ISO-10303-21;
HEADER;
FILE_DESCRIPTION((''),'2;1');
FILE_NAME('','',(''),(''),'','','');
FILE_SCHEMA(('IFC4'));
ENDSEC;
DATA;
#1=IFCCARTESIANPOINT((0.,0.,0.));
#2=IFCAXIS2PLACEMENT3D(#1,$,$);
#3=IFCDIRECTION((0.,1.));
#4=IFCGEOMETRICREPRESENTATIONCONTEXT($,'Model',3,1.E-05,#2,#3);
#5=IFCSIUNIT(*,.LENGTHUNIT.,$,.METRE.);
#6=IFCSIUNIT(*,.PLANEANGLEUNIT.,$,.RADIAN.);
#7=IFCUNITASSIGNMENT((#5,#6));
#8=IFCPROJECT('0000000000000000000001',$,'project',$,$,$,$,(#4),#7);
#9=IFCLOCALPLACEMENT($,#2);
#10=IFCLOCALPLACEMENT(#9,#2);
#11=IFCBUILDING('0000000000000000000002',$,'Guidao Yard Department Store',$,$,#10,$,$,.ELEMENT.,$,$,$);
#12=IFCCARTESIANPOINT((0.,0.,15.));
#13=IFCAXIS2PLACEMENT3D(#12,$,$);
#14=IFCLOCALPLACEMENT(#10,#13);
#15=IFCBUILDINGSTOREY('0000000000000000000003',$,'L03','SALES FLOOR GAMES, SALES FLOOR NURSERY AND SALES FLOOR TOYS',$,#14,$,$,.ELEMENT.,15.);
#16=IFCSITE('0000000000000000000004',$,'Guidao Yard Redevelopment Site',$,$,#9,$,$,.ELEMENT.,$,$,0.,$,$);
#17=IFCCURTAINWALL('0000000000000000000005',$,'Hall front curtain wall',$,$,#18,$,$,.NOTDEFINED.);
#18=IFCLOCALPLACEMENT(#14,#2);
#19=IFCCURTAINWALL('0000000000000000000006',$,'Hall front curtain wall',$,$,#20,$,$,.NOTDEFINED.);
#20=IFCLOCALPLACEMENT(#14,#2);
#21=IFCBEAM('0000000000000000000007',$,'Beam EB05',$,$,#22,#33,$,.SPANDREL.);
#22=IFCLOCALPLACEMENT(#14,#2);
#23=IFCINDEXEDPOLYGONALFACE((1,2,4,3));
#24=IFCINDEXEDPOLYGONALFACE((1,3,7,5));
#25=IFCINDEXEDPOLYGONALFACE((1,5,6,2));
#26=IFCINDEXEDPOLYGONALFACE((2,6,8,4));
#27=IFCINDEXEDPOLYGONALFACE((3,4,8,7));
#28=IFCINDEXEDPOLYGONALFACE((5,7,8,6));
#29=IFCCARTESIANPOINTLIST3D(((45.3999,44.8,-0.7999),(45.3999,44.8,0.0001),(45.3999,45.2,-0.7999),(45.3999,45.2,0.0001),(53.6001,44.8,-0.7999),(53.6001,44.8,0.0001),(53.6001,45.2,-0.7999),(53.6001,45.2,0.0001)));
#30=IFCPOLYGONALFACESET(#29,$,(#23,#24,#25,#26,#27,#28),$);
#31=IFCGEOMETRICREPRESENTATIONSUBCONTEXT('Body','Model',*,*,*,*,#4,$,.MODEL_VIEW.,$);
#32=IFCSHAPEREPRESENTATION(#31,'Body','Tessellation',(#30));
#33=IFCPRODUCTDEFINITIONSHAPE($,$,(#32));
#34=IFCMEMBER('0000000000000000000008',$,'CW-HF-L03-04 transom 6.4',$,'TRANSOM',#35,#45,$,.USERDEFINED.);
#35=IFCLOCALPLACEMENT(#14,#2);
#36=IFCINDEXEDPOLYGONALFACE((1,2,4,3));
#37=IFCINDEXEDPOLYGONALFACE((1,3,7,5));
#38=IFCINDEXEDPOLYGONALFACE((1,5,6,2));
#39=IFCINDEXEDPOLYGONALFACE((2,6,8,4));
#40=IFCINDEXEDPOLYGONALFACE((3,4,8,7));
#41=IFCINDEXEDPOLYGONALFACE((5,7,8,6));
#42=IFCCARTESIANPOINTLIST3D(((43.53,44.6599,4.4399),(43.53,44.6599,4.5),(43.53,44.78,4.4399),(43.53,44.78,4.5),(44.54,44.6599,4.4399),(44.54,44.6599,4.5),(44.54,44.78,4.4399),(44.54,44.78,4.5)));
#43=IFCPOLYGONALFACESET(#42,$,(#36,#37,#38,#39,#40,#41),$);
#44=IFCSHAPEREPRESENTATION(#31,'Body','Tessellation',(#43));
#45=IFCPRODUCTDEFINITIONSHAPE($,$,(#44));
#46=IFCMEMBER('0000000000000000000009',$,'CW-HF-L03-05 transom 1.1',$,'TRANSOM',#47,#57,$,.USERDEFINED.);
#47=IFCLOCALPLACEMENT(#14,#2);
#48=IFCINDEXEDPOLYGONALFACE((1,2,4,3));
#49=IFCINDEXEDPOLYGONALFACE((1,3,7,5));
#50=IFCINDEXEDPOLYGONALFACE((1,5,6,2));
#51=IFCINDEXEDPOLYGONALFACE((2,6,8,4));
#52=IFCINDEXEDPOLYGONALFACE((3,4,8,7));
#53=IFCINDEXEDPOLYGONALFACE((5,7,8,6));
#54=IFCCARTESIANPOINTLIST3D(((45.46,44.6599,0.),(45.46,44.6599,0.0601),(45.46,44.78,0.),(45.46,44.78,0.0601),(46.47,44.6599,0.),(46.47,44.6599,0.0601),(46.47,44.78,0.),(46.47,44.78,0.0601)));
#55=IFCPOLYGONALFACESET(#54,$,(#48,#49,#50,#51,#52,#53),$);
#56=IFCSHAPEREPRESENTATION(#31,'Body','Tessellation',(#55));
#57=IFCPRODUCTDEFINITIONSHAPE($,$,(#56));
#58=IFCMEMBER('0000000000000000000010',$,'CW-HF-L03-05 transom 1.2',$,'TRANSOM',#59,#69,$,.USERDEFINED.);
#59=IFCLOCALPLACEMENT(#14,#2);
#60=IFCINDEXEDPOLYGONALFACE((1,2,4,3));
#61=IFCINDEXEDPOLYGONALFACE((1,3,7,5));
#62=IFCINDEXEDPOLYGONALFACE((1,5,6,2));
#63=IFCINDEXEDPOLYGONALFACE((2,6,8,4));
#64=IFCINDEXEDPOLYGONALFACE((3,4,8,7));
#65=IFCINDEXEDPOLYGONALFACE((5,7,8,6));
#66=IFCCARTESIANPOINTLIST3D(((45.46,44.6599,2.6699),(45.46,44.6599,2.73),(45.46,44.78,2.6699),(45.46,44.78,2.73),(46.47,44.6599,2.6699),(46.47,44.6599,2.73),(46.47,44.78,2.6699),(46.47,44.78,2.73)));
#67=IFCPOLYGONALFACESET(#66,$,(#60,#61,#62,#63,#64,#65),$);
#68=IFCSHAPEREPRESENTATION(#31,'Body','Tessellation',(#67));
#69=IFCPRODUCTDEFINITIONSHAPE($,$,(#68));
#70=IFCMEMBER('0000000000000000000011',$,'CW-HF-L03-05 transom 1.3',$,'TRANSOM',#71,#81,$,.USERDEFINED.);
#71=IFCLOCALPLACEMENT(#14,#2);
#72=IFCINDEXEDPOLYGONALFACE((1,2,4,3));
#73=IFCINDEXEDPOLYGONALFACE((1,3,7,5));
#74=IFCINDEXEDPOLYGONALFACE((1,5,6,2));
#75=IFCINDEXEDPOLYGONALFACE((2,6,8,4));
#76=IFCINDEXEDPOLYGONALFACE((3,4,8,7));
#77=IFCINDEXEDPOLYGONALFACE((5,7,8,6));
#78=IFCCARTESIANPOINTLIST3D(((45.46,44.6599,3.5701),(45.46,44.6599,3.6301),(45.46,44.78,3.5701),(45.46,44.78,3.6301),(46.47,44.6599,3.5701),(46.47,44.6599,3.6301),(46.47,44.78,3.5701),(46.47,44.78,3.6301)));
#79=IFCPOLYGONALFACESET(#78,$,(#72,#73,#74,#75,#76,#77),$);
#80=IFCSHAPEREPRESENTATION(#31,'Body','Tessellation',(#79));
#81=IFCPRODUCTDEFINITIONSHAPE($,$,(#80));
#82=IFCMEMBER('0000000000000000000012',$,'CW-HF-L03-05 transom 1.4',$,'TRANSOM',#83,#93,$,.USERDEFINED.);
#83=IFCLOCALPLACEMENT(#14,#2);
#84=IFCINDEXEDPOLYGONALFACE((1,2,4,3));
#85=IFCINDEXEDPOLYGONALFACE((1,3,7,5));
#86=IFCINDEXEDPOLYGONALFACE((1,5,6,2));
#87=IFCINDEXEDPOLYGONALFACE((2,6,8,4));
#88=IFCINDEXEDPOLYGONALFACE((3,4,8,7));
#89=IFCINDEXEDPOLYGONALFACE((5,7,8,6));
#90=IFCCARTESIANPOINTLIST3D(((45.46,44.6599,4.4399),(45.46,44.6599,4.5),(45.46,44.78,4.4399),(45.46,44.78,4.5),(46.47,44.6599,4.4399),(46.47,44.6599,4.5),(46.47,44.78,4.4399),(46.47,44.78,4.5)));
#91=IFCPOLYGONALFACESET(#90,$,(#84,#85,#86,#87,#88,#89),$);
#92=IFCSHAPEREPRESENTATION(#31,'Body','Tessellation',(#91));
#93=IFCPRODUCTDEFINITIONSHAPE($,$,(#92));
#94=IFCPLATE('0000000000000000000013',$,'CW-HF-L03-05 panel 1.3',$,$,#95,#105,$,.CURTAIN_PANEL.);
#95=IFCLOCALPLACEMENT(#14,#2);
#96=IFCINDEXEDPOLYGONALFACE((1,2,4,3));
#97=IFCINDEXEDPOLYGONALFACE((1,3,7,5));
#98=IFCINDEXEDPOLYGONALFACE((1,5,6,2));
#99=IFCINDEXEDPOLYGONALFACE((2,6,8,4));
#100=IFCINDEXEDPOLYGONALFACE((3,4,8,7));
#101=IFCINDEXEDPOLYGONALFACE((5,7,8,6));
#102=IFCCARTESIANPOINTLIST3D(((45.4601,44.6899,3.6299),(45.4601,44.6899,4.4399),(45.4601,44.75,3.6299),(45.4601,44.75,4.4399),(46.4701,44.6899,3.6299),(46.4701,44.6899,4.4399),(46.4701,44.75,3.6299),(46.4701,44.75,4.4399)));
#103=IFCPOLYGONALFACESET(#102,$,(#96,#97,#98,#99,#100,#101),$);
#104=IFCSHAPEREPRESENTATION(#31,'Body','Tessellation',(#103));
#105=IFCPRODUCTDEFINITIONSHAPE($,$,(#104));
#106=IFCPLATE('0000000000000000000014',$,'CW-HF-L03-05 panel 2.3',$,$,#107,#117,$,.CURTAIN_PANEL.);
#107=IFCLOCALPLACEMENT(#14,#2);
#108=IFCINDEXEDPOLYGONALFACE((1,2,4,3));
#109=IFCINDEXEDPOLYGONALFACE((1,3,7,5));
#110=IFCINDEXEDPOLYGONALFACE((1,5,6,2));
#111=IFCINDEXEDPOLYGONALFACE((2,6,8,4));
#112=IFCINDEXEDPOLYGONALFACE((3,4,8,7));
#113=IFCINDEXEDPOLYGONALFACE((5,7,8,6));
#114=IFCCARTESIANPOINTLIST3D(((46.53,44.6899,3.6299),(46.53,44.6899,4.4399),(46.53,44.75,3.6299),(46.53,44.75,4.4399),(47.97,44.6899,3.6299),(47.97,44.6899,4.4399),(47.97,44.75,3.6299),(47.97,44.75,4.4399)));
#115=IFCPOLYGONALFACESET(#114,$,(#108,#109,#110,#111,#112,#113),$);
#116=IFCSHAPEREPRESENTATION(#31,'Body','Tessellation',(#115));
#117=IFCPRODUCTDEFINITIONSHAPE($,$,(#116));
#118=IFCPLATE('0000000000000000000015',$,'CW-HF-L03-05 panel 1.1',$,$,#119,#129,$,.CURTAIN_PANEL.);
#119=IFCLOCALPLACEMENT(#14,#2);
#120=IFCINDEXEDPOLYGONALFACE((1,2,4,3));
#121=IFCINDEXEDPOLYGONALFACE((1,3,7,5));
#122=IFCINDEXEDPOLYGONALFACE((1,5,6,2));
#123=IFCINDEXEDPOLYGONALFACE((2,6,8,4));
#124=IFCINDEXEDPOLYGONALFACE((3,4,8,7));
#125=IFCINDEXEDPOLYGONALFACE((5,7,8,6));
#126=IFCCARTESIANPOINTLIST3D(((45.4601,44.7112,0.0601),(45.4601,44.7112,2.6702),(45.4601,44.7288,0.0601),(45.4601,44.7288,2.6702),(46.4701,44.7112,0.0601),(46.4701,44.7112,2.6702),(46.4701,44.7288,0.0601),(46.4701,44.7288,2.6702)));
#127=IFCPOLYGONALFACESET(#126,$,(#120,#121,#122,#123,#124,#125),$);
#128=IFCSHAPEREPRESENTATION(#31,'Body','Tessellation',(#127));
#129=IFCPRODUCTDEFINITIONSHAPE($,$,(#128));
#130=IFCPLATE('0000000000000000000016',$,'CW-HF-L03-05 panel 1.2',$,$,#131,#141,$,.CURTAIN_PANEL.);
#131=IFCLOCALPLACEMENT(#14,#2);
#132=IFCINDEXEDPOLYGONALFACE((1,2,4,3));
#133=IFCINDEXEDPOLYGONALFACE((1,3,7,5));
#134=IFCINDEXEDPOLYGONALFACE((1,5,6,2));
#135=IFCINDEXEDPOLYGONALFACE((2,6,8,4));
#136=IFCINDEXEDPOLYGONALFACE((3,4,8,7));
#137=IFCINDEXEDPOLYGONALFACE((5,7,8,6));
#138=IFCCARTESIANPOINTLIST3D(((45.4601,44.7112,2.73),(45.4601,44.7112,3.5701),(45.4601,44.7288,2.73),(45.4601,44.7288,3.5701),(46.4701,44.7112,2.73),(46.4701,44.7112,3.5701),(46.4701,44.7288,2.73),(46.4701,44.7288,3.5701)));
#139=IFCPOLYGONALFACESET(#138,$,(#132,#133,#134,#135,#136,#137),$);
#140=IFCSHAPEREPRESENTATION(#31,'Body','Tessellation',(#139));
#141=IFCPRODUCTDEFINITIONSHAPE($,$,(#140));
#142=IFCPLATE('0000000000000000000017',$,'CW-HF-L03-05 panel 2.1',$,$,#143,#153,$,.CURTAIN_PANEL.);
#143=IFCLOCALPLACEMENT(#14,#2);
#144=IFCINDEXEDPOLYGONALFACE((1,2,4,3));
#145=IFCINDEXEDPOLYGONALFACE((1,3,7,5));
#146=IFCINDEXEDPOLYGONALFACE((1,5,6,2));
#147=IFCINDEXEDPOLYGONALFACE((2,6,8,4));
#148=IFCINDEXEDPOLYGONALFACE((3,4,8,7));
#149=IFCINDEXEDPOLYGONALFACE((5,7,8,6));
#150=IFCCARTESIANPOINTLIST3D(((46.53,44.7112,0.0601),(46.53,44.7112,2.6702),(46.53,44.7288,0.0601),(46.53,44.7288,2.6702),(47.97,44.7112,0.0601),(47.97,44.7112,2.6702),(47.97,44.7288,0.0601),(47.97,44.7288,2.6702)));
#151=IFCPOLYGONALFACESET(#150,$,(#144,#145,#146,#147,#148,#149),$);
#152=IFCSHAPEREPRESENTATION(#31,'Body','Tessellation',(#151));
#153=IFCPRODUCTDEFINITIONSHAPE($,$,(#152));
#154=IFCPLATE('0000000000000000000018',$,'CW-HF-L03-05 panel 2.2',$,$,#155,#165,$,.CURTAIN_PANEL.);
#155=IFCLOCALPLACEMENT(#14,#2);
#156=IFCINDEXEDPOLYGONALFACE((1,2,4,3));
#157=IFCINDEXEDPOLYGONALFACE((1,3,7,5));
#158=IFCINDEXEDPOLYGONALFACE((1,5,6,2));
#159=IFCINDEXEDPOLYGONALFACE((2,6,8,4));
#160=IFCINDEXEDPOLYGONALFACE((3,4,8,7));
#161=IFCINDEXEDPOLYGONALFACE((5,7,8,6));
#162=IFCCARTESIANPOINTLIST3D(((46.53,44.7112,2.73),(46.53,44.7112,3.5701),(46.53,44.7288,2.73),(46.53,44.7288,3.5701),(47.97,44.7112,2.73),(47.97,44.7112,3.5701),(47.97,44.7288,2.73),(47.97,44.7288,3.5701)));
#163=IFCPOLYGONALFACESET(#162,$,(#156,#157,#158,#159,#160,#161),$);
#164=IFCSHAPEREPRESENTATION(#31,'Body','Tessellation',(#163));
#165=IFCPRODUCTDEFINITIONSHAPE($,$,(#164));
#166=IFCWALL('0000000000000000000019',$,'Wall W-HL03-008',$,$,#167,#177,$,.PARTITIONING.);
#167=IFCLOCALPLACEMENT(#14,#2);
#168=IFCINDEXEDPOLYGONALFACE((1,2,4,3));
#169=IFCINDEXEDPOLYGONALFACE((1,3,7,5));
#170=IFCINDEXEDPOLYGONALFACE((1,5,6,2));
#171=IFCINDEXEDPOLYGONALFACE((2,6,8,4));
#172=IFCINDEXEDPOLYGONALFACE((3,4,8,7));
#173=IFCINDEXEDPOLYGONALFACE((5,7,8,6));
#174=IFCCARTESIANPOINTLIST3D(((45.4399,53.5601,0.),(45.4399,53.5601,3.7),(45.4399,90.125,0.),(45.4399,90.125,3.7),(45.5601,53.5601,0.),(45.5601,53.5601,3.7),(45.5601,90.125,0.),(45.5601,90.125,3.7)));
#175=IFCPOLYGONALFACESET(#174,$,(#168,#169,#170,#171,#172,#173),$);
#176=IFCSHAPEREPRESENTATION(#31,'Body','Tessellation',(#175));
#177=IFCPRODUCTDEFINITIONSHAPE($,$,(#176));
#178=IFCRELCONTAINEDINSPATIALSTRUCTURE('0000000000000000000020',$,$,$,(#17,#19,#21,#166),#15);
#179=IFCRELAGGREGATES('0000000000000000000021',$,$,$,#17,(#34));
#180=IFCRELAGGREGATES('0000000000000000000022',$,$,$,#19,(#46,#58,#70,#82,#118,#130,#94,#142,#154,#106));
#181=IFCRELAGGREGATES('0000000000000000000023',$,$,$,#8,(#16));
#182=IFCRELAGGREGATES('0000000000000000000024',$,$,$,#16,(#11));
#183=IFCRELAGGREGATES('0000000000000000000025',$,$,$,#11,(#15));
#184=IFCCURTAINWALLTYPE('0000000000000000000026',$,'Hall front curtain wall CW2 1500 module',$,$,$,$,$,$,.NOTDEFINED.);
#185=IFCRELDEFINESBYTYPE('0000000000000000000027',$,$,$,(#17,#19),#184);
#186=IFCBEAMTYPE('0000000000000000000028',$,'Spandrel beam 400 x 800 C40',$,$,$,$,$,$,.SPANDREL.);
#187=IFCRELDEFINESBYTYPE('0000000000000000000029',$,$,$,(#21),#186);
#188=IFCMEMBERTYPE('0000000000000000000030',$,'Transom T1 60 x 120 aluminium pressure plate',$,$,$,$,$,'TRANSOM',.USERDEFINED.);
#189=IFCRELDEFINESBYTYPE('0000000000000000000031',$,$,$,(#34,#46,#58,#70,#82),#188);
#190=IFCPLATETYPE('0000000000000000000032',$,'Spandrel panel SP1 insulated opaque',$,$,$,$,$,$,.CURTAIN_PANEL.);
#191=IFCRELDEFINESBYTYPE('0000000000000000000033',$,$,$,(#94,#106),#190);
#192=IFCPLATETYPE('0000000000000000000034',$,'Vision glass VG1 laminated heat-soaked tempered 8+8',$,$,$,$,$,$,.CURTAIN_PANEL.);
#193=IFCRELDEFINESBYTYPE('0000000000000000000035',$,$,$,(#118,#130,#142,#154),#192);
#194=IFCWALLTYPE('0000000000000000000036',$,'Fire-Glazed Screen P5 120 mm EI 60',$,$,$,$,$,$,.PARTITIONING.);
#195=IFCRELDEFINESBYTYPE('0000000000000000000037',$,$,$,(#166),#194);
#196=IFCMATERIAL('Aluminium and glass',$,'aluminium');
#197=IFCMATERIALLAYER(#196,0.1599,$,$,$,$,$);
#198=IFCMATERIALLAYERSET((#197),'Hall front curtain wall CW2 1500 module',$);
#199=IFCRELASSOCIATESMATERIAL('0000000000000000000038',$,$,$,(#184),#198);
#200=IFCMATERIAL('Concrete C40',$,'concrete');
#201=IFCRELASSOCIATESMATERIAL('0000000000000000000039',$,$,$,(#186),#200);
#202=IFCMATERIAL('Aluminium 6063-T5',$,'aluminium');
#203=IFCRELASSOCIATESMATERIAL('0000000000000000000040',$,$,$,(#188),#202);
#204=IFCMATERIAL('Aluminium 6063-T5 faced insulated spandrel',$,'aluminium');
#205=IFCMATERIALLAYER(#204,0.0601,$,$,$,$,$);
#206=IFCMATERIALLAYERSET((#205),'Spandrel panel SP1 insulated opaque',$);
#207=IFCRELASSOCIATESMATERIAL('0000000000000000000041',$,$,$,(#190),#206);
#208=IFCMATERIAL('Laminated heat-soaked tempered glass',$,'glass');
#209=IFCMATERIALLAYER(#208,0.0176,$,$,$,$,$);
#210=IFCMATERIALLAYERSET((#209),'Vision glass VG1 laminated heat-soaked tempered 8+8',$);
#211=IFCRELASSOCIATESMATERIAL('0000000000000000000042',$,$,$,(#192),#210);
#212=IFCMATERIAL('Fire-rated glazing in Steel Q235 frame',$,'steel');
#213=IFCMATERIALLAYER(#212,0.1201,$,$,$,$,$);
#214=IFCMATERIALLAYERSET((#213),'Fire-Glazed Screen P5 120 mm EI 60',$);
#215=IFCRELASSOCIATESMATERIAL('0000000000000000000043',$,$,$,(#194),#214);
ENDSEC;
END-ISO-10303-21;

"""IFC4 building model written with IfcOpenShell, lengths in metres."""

from ifc_helpers import new_model, si_unit, direction, frame, frame_2d, origin, origin_2d, place, context, subcontext, project, spatial, rectangle, extrude, material, layer, layer_set, material_profile, profile_set, type_object, element, aggregate, save


model = new_model("IFC4")

# Units and contexts
model_context = context("Model", 3, precision=1e-05, world=origin(), true_north=direction((0.0, 1.0)))
body_context = subcontext(model_context, "Body", "Model", "MODEL_VIEW")
ifc_project = project(units=[si_unit("LENGTHUNIT", "METRE"), si_unit("PLANEANGLEUNIT", "RADIAN")], contexts=[model_context])

# Site, building, storey
site_placement = place(None, origin())
site = spatial("IfcSite", under=ifc_project, at=site_placement, Name="Guidao Yard Redevelopment Site", CompositionType="ELEMENT", RefElevation=0.0)
building_placement = place(site_placement, origin())
building = spatial("IfcBuilding", under=site, at=building_placement, Name="Guidao Yard Department Store", CompositionType="ELEMENT")
storey_placement = place(building_placement, frame((0.0, 0.0, 15.0)))
storey = spatial("IfcBuildingStorey", under=building, at=storey_placement, Name="L03", Description="SALES FLOOR GAMES, SALES FLOOR NURSERY AND SALES FLOOR TOYS", CompositionType="ELEMENT", Elevation=15.0)

# Curtain wall
ifc_material_1 = material(Name="Aluminium and glass", Category="aluminium")
ifc_layer_1 = layer(ifc_material_1, 0.1599)
ifc_layer_set_1 = layer_set([ifc_layer_1], Name="Hall front curtain wall CW2 1500 module")
curtain_wall_type = type_object("IfcCurtainWallType", Name="Hall front curtain wall CW2 1500 module", PredefinedType="NOTDEFINED", material=ifc_layer_set_1)
curtain_wall_1_placement = place(storey_placement, origin())
curtain_wall_1 = element("IfcCurtainWall", 1, at=curtain_wall_1_placement, inside=storey, type_object=curtain_wall_type, Name="Hall front curtain wall", PredefinedType="NOTDEFINED")

# Curtain wall
curtain_wall_2_placement = place(storey_placement, origin())
curtain_wall_2 = element("IfcCurtainWall", 2, at=curtain_wall_2_placement, inside=storey, type_object=curtain_wall_type, Name="Hall front curtain wall", PredefinedType="NOTDEFINED")

# Beam
ifc_material_2 = material(Name="Concrete C40", Category="concrete")
ifc_material_profile_1 = material_profile(ifc_material_2, rectangle(XDim=0.3999, YDim=0.8, at=origin_2d()), Name="Spandrel beam 400 x 800 C40")
ifc_profile_set_1 = profile_set([ifc_material_profile_1], Name="Concrete C40")
beam_type_1 = type_object("IfcBeamType", Name="Spandrel beam 400 x 800 C40", PredefinedType="SPANDREL", material=ifc_profile_set_1)
beam_1_placement = place(storey_placement, frame((45.3999, 45.0, -0.3999), z_axis=(1.0, 0.0, 0.0), x_axis=(0.0, 1.0, 0.0)))
element("IfcBeam", 3, at=beam_1_placement, inside=storey, type_object=beam_type_1, Name="Beam EB05", PredefinedType="SPANDREL", context=body_context, shape_type="SweptSolid", body=[
    extrude(rectangle(XDim=0.3999, YDim=0.8, at=origin_2d()), origin(), (0.0, 0.0, 1.0), 8.2002),
])

# Members
ifc_material_3 = material(Name="Aluminium 6063-T5", Category="aluminium")
ifc_material_profile_2 = material_profile(ifc_material_3, rectangle(XDim=0.1201, YDim=0.0601, at=origin_2d()), Name="Transom T1 60 x 120 aluminium pressure plate")
ifc_profile_set_2 = profile_set([ifc_material_profile_2], Name="Aluminium 6063-T5")
member_type_1 = type_object("IfcMemberType", Name="Transom T1 60 x 120 aluminium pressure plate", ElementType="TRANSOM", PredefinedType="USERDEFINED", material=ifc_profile_set_2)
member_1_placement = place(storey_placement, frame((44.54, 44.72, 4.47), z_axis=(-1.0, 0.0, 0.0), x_axis=(0.0, -1.0, 0.0)))
member_1 = element("IfcMember", 4, at=member_1_placement, type_object=member_type_1, Name="CW-HF-L03-04 transom 6.4", ObjectType="TRANSOM", PredefinedType="USERDEFINED", context=body_context, shape_type="SweptSolid", body=[
    extrude(rectangle(XDim=0.1201, YDim=0.0601, at=origin_2d()), origin(), (0.0, 0.0, 1.0), 1.01),
])
aggregate(curtain_wall_1, [member_1])
member_2_placement = place(storey_placement, frame((46.47, 44.72, 0.03), z_axis=(-1.0, 0.0, 0.0), x_axis=(0.0, -1.0, 0.0)))
member_2 = element("IfcMember", 5, at=member_2_placement, type_object=member_type_1, Name="CW-HF-L03-05 transom 1.1", ObjectType="TRANSOM", PredefinedType="USERDEFINED", context=body_context, shape_type="SweptSolid", body=[
    extrude(rectangle(XDim=0.1201, YDim=0.0601, at=origin_2d()), origin(), (0.0, 0.0, 1.0), 1.01),
])
member_3_placement = place(storey_placement, frame((46.47, 44.72, 2.7), z_axis=(-1.0, 0.0, 0.0), x_axis=(0.0, -1.0, 0.0)))
member_3 = element("IfcMember", 6, at=member_3_placement, type_object=member_type_1, Name="CW-HF-L03-05 transom 1.2", ObjectType="TRANSOM", PredefinedType="USERDEFINED", context=body_context, shape_type="SweptSolid", body=[
    extrude(rectangle(XDim=0.1201, YDim=0.0601, at=origin_2d()), origin(), (0.0, 0.0, 1.0), 1.01),
])
member_4_placement = place(storey_placement, frame((46.47, 44.72, 3.6001), z_axis=(-1.0, 0.0, 0.0), x_axis=(0.0, -1.0, 0.0)))
member_4 = element("IfcMember", 7, at=member_4_placement, type_object=member_type_1, Name="CW-HF-L03-05 transom 1.3", ObjectType="TRANSOM", PredefinedType="USERDEFINED", context=body_context, shape_type="SweptSolid", body=[
    extrude(rectangle(XDim=0.1201, YDim=0.0601, at=origin_2d()), origin(), (0.0, 0.0, 1.0), 1.01),
])
member_5_placement = place(storey_placement, frame((46.47, 44.72, 4.47), z_axis=(-1.0, 0.0, 0.0), x_axis=(0.0, -1.0, 0.0)))
member_5 = element("IfcMember", 8, at=member_5_placement, type_object=member_type_1, Name="CW-HF-L03-05 transom 1.4", ObjectType="TRANSOM", PredefinedType="USERDEFINED", context=body_context, shape_type="SweptSolid", body=[
    extrude(rectangle(XDim=0.1201, YDim=0.0601, at=origin_2d()), origin(), (0.0, 0.0, 1.0), 1.01),
])

# Plates
ifc_material_4 = material(Name="Aluminium 6063-T5 faced insulated spandrel", Category="aluminium")
ifc_layer_2 = layer(ifc_material_4, 0.0601)
ifc_layer_set_2 = layer_set([ifc_layer_2], Name="Spandrel panel SP1 insulated opaque")
plate_type_1 = type_object("IfcPlateType", Name="Spandrel panel SP1 insulated opaque", PredefinedType="CURTAIN_PANEL", material=ifc_layer_set_2)
plate_1_placement = place(storey_placement, frame((45.9651, 44.72, 3.6299), z_axis=(0.0, 0.0, 1.0), x_axis=(-1.0, 0.0, 0.0)))
plate_1 = element("IfcPlate", 9, at=plate_1_placement, type_object=plate_type_1, Name="CW-HF-L03-05 panel 1.3", PredefinedType="CURTAIN_PANEL", context=body_context, shape_type="SweptSolid", body=[
    extrude(rectangle(XDim=1.01, YDim=0.0601, at=origin_2d()), origin(), (0.0, 0.0, 1.0), 0.8101),
])
plate_2_placement = place(storey_placement, frame((47.25, 44.72, 3.6299), z_axis=(0.0, 0.0, 1.0), x_axis=(-1.0, 0.0, 0.0)))
plate_2 = element("IfcPlate", 10, at=plate_2_placement, type_object=plate_type_1, Name="CW-HF-L03-05 panel 2.3", PredefinedType="CURTAIN_PANEL", context=body_context, shape_type="SweptSolid", body=[
    extrude(rectangle(XDim=1.4399, YDim=0.0601, at=origin_2d()), origin(), (0.0, 0.0, 1.0), 0.8101),
])
ifc_material_5 = material(Name="Laminated heat-soaked tempered glass", Category="glass")
ifc_layer_3 = layer(ifc_material_5, 0.0176)
ifc_layer_set_3 = layer_set([ifc_layer_3], Name="Vision glass VG1 laminated heat-soaked tempered 8+8")
plate_type_2 = type_object("IfcPlateType", Name="Vision glass VG1 laminated heat-soaked tempered 8+8", PredefinedType="CURTAIN_PANEL", material=ifc_layer_set_3)
plate_3_placement = place(storey_placement, frame((45.9651, 44.72, 0.0601), z_axis=(0.0, 0.0, 1.0), x_axis=(-1.0, 0.0, 0.0)))
plate_3 = element("IfcPlate", 11, at=plate_3_placement, type_object=plate_type_2, Name="CW-HF-L03-05 panel 1.1", PredefinedType="CURTAIN_PANEL", context=body_context, shape_type="SweptSolid", body=[
    extrude(rectangle(XDim=1.01, YDim=0.0176, at=origin_2d()), origin(), (0.0, 0.0, 1.0), 2.6101),
])
plate_4_placement = place(storey_placement, frame((45.9651, 44.72, 2.73), z_axis=(0.0, 0.0, 1.0), x_axis=(-1.0, 0.0, 0.0)))
plate_4 = element("IfcPlate", 12, at=plate_4_placement, type_object=plate_type_2, Name="CW-HF-L03-05 panel 1.2", PredefinedType="CURTAIN_PANEL", context=body_context, shape_type="SweptSolid", body=[
    extrude(rectangle(XDim=1.01, YDim=0.0176, at=origin_2d()), origin(), (0.0, 0.0, 1.0), 0.8401),
])
plate_5_placement = place(storey_placement, frame((47.25, 44.72, 0.0601), z_axis=(0.0, 0.0, 1.0), x_axis=(-1.0, 0.0, 0.0)))
plate_5 = element("IfcPlate", 13, at=plate_5_placement, type_object=plate_type_2, Name="CW-HF-L03-05 panel 2.1", PredefinedType="CURTAIN_PANEL", context=body_context, shape_type="SweptSolid", body=[
    extrude(rectangle(XDim=1.4399, YDim=0.0176, at=origin_2d()), origin(), (0.0, 0.0, 1.0), 2.6101),
])
plate_6_placement = place(storey_placement, frame((47.25, 44.72, 2.73), z_axis=(0.0, 0.0, 1.0), x_axis=(-1.0, 0.0, 0.0)))
plate_6 = element("IfcPlate", 14, at=plate_6_placement, type_object=plate_type_2, Name="CW-HF-L03-05 panel 2.2", PredefinedType="CURTAIN_PANEL", context=body_context, shape_type="SweptSolid", body=[
    extrude(rectangle(XDim=1.4399, YDim=0.0176, at=origin_2d()), origin(), (0.0, 0.0, 1.0), 0.8401),
])
aggregate(curtain_wall_2, [member_2, member_3, member_4, member_5, plate_3, plate_4, plate_1, plate_5, plate_6, plate_2])

# Wall
ifc_material_6 = material(Name="Fire-rated glazing in Steel Q235 frame", Category="steel")
ifc_layer_4 = layer(ifc_material_6, 0.1201)
ifc_layer_set_4 = layer_set([ifc_layer_4], Name="Fire-Glazed Screen P5 120 mm EI 60")
wall_type_1 = type_object("IfcWallType", Name="Fire-Glazed Screen P5 120 mm EI 60", PredefinedType="PARTITIONING", material=ifc_layer_set_4)
wall_1_placement = place(storey_placement, frame((45.5, 53.5601, 0.0), z_axis=(0.0, 0.0, 1.0), x_axis=(0.0, 1.0, 0.0)))
element("IfcWall", 15, at=wall_1_placement, inside=storey, type_object=wall_type_1, Name="Wall W-HL03-008", PredefinedType="PARTITIONING", context=body_context, shape_type="SweptSolid", body=[
    extrude(rectangle(XDim=36.5649, YDim=0.1201, at=frame_2d((18.2825, 0.0))), origin(), (0.0, 0.0, 1.0), 3.7),
])

save(model, "model.ifc")
